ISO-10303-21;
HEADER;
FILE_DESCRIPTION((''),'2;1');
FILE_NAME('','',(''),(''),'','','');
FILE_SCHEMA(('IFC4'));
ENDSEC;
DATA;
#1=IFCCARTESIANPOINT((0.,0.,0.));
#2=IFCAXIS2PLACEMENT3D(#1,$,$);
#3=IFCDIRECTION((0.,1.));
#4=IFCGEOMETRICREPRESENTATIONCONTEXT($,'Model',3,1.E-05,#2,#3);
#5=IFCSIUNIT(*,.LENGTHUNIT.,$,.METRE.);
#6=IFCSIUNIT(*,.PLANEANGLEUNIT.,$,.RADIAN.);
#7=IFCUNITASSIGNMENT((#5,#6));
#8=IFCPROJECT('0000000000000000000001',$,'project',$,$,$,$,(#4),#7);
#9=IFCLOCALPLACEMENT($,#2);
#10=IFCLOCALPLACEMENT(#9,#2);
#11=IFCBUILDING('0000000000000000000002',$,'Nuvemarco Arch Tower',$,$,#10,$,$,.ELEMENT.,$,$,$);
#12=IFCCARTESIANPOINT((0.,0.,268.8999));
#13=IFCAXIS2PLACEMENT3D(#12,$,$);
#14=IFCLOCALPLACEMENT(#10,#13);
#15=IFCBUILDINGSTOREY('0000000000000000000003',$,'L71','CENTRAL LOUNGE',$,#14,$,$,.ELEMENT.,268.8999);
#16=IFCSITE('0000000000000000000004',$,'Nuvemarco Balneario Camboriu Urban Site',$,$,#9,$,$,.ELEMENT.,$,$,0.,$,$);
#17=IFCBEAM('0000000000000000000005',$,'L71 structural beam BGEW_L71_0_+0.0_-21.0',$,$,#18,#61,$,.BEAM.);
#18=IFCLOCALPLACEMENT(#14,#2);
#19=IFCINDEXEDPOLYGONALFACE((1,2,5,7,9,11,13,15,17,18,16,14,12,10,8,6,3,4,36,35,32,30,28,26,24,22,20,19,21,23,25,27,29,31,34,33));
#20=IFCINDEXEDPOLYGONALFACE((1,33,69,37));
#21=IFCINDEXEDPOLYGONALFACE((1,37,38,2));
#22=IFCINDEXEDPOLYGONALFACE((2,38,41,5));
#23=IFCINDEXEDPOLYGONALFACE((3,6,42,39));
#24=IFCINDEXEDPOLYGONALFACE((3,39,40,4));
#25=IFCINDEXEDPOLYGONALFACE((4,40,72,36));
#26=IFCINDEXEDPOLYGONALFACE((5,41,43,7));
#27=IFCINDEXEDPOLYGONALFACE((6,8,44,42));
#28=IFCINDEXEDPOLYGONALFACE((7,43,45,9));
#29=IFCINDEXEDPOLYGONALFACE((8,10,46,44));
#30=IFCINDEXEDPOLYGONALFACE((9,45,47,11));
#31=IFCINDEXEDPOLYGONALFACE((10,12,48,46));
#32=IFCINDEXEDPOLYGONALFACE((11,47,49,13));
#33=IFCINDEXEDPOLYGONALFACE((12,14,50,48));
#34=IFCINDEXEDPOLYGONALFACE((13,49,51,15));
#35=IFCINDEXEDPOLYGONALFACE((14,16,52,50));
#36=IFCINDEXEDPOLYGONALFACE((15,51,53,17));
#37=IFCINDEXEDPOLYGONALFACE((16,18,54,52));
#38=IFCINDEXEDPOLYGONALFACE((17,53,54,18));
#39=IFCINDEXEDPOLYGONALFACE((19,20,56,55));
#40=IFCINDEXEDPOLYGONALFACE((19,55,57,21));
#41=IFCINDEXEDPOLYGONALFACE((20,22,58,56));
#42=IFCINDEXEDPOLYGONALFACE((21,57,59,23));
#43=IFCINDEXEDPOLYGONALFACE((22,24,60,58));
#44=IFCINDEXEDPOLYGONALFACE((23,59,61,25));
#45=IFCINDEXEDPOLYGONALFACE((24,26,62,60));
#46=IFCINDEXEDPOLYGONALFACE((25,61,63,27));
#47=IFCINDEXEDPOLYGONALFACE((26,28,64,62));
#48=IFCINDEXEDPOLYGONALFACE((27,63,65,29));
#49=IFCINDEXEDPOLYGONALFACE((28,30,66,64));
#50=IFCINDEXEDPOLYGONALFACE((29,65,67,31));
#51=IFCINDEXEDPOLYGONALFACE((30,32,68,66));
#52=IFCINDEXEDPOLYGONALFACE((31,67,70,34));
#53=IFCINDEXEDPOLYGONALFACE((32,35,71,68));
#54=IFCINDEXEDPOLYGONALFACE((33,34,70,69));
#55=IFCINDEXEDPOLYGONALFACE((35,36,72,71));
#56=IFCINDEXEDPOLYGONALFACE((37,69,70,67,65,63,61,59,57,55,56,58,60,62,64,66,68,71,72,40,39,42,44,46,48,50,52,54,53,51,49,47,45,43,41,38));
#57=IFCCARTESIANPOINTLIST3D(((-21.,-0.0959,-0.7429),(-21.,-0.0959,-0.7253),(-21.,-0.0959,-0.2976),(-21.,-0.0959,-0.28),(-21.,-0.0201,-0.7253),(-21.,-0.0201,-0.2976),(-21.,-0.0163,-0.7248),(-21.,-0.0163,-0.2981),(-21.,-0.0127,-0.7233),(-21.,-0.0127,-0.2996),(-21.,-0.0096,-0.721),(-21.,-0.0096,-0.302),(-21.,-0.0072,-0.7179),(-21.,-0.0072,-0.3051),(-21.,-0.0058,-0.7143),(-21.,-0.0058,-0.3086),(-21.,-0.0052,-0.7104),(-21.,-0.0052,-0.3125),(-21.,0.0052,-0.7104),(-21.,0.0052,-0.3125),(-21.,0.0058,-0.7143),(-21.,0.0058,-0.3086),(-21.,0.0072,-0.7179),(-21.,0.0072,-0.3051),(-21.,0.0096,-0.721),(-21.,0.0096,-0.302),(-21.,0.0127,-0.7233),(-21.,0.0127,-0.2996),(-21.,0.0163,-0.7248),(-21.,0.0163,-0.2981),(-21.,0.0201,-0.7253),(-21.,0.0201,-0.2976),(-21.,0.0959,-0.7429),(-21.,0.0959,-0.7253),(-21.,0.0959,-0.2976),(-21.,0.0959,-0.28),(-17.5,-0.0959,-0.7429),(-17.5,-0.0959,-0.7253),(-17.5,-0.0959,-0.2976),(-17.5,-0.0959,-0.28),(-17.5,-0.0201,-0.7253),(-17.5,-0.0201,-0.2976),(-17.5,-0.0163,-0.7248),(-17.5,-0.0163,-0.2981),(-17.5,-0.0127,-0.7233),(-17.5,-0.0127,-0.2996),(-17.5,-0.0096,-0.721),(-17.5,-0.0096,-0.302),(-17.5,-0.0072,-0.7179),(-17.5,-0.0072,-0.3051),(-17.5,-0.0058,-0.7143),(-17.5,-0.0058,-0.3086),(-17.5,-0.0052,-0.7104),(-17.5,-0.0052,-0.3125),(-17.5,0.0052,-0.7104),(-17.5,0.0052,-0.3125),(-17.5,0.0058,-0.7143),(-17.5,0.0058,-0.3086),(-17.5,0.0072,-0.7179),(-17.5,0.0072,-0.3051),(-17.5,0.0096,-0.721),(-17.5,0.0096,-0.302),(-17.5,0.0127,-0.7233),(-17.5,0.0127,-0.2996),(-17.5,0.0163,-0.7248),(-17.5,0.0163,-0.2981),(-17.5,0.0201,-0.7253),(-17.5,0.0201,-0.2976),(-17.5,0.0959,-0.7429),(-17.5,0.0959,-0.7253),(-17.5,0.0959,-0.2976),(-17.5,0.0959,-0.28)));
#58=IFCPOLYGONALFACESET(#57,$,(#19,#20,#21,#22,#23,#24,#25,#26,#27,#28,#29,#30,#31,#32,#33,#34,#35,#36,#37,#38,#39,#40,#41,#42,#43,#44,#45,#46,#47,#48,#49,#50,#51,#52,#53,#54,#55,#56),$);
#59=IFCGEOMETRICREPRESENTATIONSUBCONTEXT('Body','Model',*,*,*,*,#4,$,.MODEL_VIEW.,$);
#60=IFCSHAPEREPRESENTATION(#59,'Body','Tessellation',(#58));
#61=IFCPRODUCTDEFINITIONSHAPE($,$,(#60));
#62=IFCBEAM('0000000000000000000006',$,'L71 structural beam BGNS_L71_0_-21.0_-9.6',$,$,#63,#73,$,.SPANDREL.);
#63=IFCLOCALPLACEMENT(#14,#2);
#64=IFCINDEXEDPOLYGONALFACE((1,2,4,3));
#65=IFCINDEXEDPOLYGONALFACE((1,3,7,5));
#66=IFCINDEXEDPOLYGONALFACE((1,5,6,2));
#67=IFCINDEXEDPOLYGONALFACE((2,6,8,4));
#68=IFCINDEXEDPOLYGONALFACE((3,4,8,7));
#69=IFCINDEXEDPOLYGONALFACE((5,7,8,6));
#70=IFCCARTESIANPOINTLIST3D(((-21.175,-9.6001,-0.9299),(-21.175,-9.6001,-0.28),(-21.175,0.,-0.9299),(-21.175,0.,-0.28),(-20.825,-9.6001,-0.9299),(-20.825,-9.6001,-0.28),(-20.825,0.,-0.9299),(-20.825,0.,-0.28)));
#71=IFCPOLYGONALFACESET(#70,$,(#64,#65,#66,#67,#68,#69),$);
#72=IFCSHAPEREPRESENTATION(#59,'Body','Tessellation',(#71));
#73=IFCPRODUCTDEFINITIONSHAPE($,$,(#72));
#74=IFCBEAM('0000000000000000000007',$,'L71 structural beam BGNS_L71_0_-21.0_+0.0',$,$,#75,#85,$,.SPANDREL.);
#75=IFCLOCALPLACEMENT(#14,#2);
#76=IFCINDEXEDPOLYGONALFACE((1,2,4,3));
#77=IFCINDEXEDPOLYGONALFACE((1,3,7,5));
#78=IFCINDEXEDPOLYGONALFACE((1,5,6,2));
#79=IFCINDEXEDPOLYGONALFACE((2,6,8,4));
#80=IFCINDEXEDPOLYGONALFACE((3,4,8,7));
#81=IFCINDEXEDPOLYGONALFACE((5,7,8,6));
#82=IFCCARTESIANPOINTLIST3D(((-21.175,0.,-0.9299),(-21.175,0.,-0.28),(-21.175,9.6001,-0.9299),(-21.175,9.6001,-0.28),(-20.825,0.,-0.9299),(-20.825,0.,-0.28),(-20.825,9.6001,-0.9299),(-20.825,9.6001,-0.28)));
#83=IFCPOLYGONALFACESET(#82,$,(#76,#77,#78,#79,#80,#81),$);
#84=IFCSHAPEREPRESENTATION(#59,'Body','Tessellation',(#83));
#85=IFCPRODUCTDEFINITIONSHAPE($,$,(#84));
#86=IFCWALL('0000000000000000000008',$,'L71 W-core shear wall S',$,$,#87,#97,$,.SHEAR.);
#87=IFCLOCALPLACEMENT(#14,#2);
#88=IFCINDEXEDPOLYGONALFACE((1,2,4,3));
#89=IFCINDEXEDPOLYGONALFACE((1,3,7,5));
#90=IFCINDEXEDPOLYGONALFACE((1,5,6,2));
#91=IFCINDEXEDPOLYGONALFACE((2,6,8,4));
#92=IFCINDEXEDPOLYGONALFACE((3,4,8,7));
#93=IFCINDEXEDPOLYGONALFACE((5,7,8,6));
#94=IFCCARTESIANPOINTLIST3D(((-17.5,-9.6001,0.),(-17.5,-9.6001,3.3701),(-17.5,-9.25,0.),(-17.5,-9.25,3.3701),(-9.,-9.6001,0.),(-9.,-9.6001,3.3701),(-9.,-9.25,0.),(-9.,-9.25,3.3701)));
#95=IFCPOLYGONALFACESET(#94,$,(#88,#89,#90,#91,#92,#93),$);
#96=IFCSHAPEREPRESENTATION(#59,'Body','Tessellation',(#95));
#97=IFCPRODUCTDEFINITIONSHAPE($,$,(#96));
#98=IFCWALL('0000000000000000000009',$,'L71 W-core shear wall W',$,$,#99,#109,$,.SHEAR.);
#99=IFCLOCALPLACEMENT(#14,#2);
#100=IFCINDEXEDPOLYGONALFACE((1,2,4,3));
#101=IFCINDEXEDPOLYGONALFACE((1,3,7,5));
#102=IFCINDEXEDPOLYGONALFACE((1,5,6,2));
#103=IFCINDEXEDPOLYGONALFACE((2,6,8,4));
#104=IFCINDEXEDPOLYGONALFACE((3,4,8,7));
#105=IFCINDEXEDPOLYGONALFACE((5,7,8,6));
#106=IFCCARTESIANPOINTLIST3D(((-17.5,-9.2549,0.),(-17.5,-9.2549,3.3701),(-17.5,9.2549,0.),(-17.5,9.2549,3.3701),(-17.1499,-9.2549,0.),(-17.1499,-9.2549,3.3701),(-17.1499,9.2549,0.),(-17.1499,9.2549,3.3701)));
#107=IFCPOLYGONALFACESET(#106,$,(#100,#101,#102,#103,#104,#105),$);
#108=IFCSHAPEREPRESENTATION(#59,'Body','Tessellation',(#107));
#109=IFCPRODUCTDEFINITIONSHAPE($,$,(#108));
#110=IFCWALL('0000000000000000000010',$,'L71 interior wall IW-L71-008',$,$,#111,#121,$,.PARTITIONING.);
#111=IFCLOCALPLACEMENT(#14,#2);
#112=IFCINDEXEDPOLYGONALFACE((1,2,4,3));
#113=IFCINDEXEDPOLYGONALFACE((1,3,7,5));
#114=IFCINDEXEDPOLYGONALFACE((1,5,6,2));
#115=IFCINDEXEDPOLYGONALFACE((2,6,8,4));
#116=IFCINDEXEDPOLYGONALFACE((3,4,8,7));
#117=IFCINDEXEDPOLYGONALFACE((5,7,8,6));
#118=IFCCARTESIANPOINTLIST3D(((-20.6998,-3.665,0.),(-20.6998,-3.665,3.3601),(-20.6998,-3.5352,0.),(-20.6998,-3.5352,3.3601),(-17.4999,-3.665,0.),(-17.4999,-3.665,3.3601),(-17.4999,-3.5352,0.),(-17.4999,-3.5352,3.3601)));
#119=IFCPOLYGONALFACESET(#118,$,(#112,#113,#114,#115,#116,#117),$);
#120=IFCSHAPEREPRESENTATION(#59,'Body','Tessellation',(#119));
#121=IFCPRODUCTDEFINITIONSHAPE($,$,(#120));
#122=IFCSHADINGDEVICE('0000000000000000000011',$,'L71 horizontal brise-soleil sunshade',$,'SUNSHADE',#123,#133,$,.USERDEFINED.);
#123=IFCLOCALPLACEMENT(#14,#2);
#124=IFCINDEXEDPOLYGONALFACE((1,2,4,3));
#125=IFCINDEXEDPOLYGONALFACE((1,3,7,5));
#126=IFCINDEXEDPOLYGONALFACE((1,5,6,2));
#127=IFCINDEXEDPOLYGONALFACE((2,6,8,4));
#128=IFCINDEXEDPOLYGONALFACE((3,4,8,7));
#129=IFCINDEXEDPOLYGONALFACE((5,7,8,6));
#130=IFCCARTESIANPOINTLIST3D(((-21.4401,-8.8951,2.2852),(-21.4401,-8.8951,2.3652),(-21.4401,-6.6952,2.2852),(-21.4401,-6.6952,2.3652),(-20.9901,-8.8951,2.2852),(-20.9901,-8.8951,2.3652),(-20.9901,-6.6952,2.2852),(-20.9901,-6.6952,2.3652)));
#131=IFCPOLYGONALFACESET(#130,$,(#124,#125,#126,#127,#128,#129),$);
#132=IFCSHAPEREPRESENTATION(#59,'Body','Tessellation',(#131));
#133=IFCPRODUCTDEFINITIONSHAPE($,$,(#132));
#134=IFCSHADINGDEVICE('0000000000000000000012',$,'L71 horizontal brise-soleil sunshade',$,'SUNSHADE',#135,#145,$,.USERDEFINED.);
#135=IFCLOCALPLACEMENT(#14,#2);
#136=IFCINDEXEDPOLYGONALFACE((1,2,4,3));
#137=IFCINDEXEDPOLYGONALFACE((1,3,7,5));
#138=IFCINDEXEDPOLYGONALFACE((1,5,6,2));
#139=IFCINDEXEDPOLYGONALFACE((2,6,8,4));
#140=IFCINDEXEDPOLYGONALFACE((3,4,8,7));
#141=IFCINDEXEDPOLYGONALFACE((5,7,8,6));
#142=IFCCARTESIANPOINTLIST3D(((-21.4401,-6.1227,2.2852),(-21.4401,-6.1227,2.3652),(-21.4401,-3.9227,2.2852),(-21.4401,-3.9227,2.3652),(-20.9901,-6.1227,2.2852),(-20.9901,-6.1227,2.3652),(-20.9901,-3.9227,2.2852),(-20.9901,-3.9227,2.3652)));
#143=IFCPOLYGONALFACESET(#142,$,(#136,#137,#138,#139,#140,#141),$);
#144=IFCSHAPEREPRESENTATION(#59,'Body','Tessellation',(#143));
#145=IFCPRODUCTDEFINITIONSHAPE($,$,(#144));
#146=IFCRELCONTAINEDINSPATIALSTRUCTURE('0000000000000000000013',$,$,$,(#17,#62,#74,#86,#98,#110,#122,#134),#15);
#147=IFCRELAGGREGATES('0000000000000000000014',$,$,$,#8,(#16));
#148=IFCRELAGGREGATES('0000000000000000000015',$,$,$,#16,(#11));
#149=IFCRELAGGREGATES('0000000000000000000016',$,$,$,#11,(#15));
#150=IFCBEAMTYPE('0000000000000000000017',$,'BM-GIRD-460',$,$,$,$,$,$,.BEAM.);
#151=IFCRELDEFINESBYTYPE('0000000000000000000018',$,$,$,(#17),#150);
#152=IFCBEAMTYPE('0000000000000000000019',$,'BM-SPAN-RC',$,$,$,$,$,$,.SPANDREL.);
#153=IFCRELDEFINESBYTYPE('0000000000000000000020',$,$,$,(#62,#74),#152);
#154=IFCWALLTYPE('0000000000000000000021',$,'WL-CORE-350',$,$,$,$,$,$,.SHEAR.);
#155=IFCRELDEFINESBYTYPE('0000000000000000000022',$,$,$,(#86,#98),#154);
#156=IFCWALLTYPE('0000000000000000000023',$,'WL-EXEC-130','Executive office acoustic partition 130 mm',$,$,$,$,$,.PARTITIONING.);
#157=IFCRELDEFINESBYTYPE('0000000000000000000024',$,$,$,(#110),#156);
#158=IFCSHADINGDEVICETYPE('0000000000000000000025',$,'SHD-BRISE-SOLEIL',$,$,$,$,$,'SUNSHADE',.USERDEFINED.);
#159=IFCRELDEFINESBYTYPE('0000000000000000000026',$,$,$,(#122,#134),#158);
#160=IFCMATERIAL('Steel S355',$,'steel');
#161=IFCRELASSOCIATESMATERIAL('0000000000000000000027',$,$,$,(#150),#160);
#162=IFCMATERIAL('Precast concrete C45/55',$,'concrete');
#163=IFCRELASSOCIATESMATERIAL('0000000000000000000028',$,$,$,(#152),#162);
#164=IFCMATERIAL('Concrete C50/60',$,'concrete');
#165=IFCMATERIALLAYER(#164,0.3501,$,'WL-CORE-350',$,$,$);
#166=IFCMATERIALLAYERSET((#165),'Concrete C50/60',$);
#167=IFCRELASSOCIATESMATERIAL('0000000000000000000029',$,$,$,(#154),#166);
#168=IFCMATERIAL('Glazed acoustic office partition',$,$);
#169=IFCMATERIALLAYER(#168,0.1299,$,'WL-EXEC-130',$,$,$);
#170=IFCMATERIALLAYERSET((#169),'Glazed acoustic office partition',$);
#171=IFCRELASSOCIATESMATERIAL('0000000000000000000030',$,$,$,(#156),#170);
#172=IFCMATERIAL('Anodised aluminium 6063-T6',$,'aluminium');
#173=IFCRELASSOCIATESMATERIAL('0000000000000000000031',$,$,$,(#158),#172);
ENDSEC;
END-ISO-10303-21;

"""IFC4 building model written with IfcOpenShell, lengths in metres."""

from ifc_helpers import new_model, si_unit, direction, frame, frame_2d, origin, origin_2d, place, context, subcontext, project, spatial, rectangle, i_section, extrude, source, transform, mapped, material, layer, layer_set, material_profile, profile_set, type_object, type_shapes, element, save


model = new_model("IFC4")

# Units and contexts
model_context = context("Model", 3, precision=1e-05, world=origin(), true_north=direction((0.0, 1.0)))
body_context = subcontext(model_context, "Body", "Model", "MODEL_VIEW")
ifc_project = project(units=[si_unit("LENGTHUNIT", "METRE"), si_unit("PLANEANGLEUNIT", "RADIAN")], contexts=[model_context])

# Site, building, storey
site_placement = place(None, origin())
site = spatial("IfcSite", under=ifc_project, at=site_placement, Name="Nuvemarco Balneario Camboriu Urban Site", CompositionType="ELEMENT", RefElevation=0.0)
building_placement = place(site_placement, origin())
building = spatial("IfcBuilding", under=site, at=building_placement, Name="Nuvemarco Arch Tower", CompositionType="ELEMENT")
storey_placement = place(building_placement, frame((0.0, 0.0, 268.8999)))
storey = spatial("IfcBuildingStorey", under=building, at=storey_placement, Name="L71", Description="CENTRAL LOUNGE", CompositionType="ELEMENT", Elevation=268.8999)

# Shared definitions
ifc_material_1 = material(Name="Concrete C50/60", Category="concrete")
ifc_material_2 = material(Name="Steel S355", Category="steel")

# Beams
ifc_material_profile_1 = material_profile(ifc_material_2, i_section(OverallWidth=0.1919, OverallDepth=0.4629, WebThickness=0.0105, FlangeThickness=0.0176, FilletRadius=0.0149, at=origin_2d()), Name="W460x89")
ifc_profile_set_1 = profile_set([ifc_material_profile_1], Name="Steel S355")
beam_type_1 = type_object("IfcBeamType", Name="BM-GIRD-460", PredefinedType="BEAM", material=ifc_profile_set_1)
beam_1_placement = place(storey_placement, frame((-21.0, 0.0, -0.5115), z_axis=(1.0, 0.0, 0.0), x_axis=(0.0, 1.0, 0.0)))
element("IfcBeam", 1, at=beam_1_placement, inside=storey, type_object=beam_type_1, Name="L71 structural beam BGEW_L71_0_+0.0_-21.0", PredefinedType="BEAM", context=body_context, shape_type="SweptSolid", body=[
    extrude(i_section(OverallWidth=0.1919, OverallDepth=0.4629, WebThickness=0.0105, FlangeThickness=0.0176, FilletRadius=0.0149, at=origin_2d()), origin(), (0.0, 0.0, 1.0), 3.5),
])
ifc_material_3 = material(Name="Precast concrete C45/55", Category="concrete")
ifc_material_profile_2 = material_profile(ifc_material_3, rectangle(XDim=0.3501, YDim=0.6499, at=origin_2d()), Name="PC-SP-350x650")
ifc_profile_set_2 = profile_set([ifc_material_profile_2], Name="Precast concrete C45/55")
beam_type_2 = type_object("IfcBeamType", Name="BM-SPAN-RC", PredefinedType="SPANDREL", material=ifc_profile_set_2)
for number, where, z_axis, x_axis, name in (
    (2, (-21.0, -9.6001, -0.605), (0.0, 1.0, 0.0), (-1.0, 0.0, 0.0), "L71 structural beam BGNS_L71_0_-21.0_-9.6"),
    (3, (-21.0, 0.0, -0.605), (0.0, 1.0, 0.0), (-1.0, 0.0, 0.0), "L71 structural beam BGNS_L71_0_-21.0_+0.0"),
):
    element("IfcBeam", number, at=place(storey_placement, frame(where, z_axis=z_axis, x_axis=x_axis)), inside=storey, type_object=beam_type_2, Name=name, PredefinedType="SPANDREL", context=body_context, shape_type="SweptSolid", body=[
        extrude(rectangle(XDim=0.3501, YDim=0.6499, at=origin_2d()), origin(), (0.0, 0.0, 1.0), 9.6001),
    ])

# Walls
ifc_layer_1 = layer(ifc_material_1, 0.3501, Name="WL-CORE-350")
ifc_layer_set_1 = layer_set([ifc_layer_1], Name="Concrete C50/60")
wall_type_1 = type_object("IfcWallType", Name="WL-CORE-350", PredefinedType="SHEAR", material=ifc_layer_set_1)
wall_1_placement = place(storey_placement, frame((-17.5, -9.425, 0.0), z_axis=(0.0, 0.0, 1.0), x_axis=(1.0, 0.0, 0.0)))
element("IfcWall", 4, at=wall_1_placement, inside=storey, type_object=wall_type_1, Name="L71 W-core shear wall S", PredefinedType="SHEAR", context=body_context, shape_type="SweptSolid", body=[
    extrude(rectangle(XDim=8.5, YDim=0.3501, at=frame_2d((4.25, 0.0))), origin(), (0.0, 0.0, 1.0), 3.3701),
])
wall_2_placement = place(storey_placement, frame((-17.325, -9.2549, 0.0), z_axis=(0.0, 0.0, 1.0), x_axis=(0.0, 1.0, 0.0)))
element("IfcWall", 5, at=wall_2_placement, inside=storey, type_object=wall_type_1, Name="L71 W-core shear wall W", PredefinedType="SHEAR", context=body_context, shape_type="SweptSolid", body=[
    extrude(rectangle(XDim=18.5098, YDim=0.3501, at=frame_2d((9.2549, 0.0))), origin(), (0.0, 0.0, 1.0), 3.3701),
])
ifc_material_4 = material(Name="Glazed acoustic office partition")
ifc_layer_2 = layer(ifc_material_4, 0.1299, Name="WL-EXEC-130")
ifc_layer_set_2 = layer_set([ifc_layer_2], Name="Glazed acoustic office partition")
wall_type_2 = type_object("IfcWallType", Name="WL-EXEC-130", Description="Executive office acoustic partition 130 mm", PredefinedType="PARTITIONING", material=ifc_layer_set_2)
wall_3_placement = place(storey_placement, frame((-20.7, -3.6001, 0.0), z_axis=(0.0, 0.0, 1.0), x_axis=(1.0, 0.0, 0.0)))
element("IfcWall", 6, at=wall_3_placement, inside=storey, type_object=wall_type_2, Name="L71 interior wall IW-L71-008", PredefinedType="PARTITIONING", context=body_context, shape_type="SweptSolid", body=[
    extrude(rectangle(XDim=3.2, YDim=0.1299, at=frame_2d((1.6001, 0.0))), origin(), (0.0, 0.0, 1.0), 3.3601),
])

# Shading devices
ifc_material_5 = material(Name="Anodised aluminium 6063-T6", Category="aluminium")
shading_device_type = type_object("IfcShadingDeviceType", Name="SHD-BRISE-SOLEIL", ElementType="SUNSHADE", PredefinedType="USERDEFINED", material=ifc_material_5)
shared_shape = source(origin(), body_context, "Body", "SweptSolid", [
    extrude(rectangle(XDim=2.2, YDim=0.45, at=origin_2d()), origin(), (0.0, 0.0, 1.0), 0.0801),
])
type_shapes(shading_device_type, [shared_shape])
for number, where, z_axis, x_axis, name in (
    (7, (-21.2151, -7.7952, 2.2852), (0.0, 0.0, 1.0), (0.0, 1.0, 0.0), "L71 horizontal brise-soleil sunshade"),
    (8, (-21.2151, -5.0227, 2.2852), (0.0, 0.0, 1.0), (0.0, 1.0, 0.0), "L71 horizontal brise-soleil sunshade"),
):
    element("IfcShadingDevice", number, at=place(storey_placement, frame(where, z_axis=z_axis, x_axis=x_axis)), inside=storey, type_object=shading_device_type, Name=name, ObjectType="SUNSHADE", PredefinedType="USERDEFINED", context=body_context, shape_type="MappedRepresentation", body=[
        mapped(shared_shape, transform((0.0, 0.0, 0.0), scale=1.0)),
    ])

save(model, "model.ifc")
